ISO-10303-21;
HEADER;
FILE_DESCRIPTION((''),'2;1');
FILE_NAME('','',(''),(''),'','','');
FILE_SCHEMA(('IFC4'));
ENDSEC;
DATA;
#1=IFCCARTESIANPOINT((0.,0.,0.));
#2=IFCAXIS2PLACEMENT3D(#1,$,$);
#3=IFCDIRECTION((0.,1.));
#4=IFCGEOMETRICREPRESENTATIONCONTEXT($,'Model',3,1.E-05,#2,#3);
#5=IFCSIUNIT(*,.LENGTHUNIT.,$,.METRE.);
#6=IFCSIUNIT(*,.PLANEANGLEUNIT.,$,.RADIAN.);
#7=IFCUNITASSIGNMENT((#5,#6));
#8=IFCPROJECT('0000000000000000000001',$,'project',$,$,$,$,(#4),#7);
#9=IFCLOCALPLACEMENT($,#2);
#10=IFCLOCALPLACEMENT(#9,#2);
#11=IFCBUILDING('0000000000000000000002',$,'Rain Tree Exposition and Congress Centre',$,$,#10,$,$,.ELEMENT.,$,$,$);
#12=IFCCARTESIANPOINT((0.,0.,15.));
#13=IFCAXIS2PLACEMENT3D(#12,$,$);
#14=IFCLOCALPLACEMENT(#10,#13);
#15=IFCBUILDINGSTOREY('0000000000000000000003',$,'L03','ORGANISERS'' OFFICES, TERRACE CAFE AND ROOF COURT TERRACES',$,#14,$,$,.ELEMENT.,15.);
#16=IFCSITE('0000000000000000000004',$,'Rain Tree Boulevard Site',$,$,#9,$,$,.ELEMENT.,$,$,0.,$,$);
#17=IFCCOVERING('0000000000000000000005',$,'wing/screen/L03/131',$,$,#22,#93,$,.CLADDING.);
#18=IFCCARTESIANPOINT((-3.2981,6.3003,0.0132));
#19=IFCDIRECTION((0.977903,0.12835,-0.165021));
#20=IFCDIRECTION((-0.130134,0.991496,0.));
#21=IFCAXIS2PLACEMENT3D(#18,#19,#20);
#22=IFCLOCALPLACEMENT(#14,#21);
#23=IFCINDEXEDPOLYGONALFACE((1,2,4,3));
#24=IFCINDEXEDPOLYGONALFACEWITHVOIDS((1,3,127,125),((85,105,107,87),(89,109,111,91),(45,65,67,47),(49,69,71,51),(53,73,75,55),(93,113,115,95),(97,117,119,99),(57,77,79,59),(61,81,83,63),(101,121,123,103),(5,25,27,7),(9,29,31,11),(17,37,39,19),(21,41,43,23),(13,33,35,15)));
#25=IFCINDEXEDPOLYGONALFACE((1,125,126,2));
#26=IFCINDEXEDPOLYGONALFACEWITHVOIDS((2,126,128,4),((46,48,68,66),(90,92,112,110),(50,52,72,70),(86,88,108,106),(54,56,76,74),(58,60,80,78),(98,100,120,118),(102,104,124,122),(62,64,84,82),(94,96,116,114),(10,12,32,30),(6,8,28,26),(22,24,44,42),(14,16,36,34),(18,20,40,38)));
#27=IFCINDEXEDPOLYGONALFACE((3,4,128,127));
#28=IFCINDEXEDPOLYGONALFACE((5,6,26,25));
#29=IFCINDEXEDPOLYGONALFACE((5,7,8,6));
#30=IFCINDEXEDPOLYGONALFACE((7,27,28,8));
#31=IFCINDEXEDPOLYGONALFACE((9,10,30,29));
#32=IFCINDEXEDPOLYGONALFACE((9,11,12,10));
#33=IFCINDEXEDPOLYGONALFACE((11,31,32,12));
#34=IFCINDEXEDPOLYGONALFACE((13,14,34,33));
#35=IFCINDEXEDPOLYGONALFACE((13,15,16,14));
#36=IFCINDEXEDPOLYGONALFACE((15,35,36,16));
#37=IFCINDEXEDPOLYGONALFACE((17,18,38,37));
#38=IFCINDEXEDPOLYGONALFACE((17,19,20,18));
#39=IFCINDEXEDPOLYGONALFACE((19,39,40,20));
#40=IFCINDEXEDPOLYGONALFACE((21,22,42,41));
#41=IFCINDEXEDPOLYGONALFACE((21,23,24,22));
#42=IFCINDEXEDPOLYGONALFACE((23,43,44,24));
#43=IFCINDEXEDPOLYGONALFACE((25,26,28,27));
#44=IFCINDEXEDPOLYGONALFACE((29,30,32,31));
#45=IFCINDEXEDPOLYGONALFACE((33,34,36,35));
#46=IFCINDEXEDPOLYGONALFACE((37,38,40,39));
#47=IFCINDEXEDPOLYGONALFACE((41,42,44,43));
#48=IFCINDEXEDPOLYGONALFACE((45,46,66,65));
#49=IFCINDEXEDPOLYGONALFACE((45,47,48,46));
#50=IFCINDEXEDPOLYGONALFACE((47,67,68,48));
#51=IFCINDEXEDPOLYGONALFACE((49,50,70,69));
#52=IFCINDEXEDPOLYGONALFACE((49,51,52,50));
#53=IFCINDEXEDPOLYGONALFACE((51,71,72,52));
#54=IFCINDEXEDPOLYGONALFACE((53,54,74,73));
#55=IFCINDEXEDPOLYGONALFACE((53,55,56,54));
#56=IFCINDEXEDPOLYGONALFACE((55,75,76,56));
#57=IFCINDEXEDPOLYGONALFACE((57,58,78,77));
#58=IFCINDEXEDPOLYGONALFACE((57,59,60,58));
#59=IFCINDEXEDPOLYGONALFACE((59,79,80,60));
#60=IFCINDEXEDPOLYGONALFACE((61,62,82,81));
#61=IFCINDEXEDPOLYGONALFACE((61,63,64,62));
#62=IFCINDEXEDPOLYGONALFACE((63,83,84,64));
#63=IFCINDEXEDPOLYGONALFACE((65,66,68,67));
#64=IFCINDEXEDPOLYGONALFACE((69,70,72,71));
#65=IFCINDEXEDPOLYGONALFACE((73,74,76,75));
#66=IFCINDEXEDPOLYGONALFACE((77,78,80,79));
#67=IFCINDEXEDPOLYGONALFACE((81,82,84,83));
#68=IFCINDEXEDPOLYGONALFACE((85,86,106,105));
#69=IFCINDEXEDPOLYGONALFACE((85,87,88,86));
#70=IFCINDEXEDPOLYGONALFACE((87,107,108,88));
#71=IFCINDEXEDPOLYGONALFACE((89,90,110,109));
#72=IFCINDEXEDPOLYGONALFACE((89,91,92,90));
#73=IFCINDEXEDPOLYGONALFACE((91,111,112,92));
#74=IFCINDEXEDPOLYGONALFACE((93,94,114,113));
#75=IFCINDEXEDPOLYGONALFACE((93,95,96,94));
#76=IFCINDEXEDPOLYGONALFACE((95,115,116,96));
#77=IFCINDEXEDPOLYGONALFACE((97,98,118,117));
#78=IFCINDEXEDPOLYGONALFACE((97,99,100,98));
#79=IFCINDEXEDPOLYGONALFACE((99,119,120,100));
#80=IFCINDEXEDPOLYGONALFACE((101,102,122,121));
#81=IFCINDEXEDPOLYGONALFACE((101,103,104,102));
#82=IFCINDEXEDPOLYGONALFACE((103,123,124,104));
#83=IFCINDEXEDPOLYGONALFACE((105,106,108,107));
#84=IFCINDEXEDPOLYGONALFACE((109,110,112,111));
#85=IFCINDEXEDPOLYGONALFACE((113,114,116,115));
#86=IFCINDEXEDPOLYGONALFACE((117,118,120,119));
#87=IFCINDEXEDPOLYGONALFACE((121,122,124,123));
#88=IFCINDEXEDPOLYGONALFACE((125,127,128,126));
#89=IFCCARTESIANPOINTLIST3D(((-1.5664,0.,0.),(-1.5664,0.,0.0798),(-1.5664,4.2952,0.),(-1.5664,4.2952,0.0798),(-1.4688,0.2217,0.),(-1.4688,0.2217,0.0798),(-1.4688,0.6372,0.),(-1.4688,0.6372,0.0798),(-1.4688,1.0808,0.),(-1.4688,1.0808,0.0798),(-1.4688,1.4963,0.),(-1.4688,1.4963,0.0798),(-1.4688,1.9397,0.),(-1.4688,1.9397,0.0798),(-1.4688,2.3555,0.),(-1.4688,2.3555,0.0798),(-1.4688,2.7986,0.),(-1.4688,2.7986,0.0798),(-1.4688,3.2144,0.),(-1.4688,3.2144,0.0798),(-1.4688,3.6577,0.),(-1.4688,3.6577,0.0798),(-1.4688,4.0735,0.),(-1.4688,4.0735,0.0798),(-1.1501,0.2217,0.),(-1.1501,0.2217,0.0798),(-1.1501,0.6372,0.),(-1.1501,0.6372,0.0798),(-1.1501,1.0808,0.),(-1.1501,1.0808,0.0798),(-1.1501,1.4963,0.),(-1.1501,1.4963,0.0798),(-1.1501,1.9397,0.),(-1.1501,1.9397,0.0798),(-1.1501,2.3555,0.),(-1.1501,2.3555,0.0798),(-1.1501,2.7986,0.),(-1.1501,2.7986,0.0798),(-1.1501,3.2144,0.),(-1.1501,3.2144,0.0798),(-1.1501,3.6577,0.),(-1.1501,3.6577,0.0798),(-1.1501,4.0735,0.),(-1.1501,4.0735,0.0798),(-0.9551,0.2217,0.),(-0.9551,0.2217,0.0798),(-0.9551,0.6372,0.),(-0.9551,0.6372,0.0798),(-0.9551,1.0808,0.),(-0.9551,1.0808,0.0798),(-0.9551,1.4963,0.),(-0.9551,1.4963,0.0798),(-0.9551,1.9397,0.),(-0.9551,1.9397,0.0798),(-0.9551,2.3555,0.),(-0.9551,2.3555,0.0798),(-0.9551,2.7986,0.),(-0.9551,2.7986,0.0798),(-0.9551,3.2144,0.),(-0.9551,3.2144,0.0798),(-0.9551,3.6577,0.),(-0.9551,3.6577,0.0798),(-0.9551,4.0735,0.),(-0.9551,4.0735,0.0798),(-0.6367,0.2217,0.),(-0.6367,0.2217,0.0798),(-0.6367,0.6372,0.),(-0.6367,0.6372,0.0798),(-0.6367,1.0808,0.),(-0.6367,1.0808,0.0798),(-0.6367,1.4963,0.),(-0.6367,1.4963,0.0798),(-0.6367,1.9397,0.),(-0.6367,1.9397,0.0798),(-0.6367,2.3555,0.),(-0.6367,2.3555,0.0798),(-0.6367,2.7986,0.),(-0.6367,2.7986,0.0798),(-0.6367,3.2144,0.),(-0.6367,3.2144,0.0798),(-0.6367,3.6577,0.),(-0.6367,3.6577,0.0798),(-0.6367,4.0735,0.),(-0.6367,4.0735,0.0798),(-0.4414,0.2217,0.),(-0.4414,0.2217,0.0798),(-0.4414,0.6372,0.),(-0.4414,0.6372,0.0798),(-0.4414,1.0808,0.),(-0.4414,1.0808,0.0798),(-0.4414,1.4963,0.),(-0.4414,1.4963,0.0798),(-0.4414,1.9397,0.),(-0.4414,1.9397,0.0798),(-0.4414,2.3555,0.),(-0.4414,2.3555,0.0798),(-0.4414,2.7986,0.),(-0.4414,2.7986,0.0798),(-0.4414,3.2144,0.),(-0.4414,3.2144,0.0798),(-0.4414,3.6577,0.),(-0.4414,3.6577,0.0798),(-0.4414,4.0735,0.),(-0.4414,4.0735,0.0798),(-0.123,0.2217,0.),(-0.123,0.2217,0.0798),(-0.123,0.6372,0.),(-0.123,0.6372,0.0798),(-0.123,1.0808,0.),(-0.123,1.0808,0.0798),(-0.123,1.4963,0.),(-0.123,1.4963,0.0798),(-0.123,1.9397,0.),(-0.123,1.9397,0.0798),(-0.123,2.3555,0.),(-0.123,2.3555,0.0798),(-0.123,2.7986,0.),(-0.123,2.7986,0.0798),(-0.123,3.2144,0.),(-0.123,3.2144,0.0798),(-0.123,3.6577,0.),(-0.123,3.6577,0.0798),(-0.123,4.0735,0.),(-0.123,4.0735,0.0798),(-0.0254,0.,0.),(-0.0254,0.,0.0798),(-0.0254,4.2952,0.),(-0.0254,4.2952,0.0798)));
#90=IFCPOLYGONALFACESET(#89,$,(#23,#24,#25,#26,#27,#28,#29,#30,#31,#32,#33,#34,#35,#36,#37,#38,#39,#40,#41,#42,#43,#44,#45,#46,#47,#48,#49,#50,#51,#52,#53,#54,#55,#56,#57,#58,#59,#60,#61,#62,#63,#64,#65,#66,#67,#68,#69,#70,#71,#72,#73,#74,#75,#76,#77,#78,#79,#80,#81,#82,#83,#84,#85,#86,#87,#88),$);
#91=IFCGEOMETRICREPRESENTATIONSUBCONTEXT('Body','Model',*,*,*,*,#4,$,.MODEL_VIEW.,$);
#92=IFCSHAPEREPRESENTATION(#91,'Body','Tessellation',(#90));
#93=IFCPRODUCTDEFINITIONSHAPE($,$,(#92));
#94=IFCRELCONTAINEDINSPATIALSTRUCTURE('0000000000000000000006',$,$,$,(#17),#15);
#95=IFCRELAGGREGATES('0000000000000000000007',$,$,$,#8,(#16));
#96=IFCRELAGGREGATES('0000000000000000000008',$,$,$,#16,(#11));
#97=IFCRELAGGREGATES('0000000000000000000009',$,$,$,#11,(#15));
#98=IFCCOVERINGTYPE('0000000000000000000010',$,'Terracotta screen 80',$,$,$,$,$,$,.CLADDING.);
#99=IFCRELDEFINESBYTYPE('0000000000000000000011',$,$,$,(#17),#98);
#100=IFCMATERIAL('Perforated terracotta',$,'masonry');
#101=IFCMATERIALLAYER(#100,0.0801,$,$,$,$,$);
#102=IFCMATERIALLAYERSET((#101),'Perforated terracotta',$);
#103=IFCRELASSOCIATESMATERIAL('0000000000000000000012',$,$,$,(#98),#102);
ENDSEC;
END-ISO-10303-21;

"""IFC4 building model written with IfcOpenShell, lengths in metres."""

from ifc_helpers import new_model, si_unit, direction, frame, origin, place, context, subcontext, project, spatial, polyline, outline, extrude, material, layer, layer_set, type_object, element, save


model = new_model("IFC4")

# Units and contexts
model_context = context("Model", 3, precision=1e-05, world=origin(), true_north=direction((0.0, 1.0)))
body_context = subcontext(model_context, "Body", "Model", "MODEL_VIEW")
ifc_project = project(units=[si_unit("LENGTHUNIT", "METRE"), si_unit("PLANEANGLEUNIT", "RADIAN")], contexts=[model_context])

# Site, building, storey
site_placement = place(None, origin())
site = spatial("IfcSite", under=ifc_project, at=site_placement, Name="Rain Tree Boulevard Site", CompositionType="ELEMENT", RefElevation=0.0)
building_placement = place(site_placement, origin())
building = spatial("IfcBuilding", under=site, at=building_placement, Name="Rain Tree Exposition and Congress Centre", CompositionType="ELEMENT")
storey_placement = place(building_placement, frame((0.0, 0.0, 15.0)))
storey = spatial("IfcBuildingStorey", under=building, at=storey_placement, Name="L03", Description="ORGANISERS' OFFICES, TERRACE CAFE AND ROOF COURT TERRACES", CompositionType="ELEMENT", Elevation=15.0)

# Covering
ifc_material_1 = material(Name="Perforated terracotta", Category="masonry")
ifc_layer_1 = layer(ifc_material_1, 0.0801)
ifc_layer_set_1 = layer_set([ifc_layer_1], Name="Perforated terracotta")
covering_type = type_object("IfcCoveringType", Name="Terracotta screen 80", PredefinedType="CLADDING", material=ifc_layer_set_1)
covering_1_placement = place(storey_placement, frame((-3.2981, 6.3003, 0.0132), z_axis=(0.977903, 0.12835, -0.165021), x_axis=(-0.130134, 0.991496, 0.0)))
element("IfcCovering", 1, at=covering_1_placement, inside=storey, type_object=covering_type, Name="wing/screen/L03/131", PredefinedType="CLADDING", context=body_context, shape_type="SweptSolid", body=[
    extrude(outline(polyline([(-1.5664, 0.0), (-1.5664, 4.2952), (-0.0254, 4.2952), (-0.0254, 0.0), (-1.5664, 0.0)]), holes=[polyline([(-0.123, 0.2217), (-0.123, 0.6372), (-0.4414, 0.6372), (-0.4414, 0.2217), (-0.123, 0.2217)]), polyline([(-0.123, 1.0808), (-0.123, 1.4963), (-0.4414, 1.4963), (-0.4414, 1.0808), (-0.123, 1.0808)]), polyline([(-0.123, 1.9397), (-0.123, 2.3555), (-0.4414, 2.3555), (-0.4414, 1.9397), (-0.123, 1.9397)]), polyline([(-0.123, 2.7986), (-0.123, 3.2144), (-0.4414, 3.2144), (-0.4414, 2.7986), (-0.123, 2.7986)]), polyline([(-0.123, 3.6577), (-0.123, 4.0735), (-0.4414, 4.0735), (-0.4414, 3.6577), (-0.123, 3.6577)]), polyline([(-0.6367, 0.2217), (-0.6367, 0.6372), (-0.9551, 0.6372), (-0.9551, 0.2217), (-0.6367, 0.2217)]), polyline([(-0.6367, 1.0808), (-0.6367, 1.4963), (-0.9551, 1.4963), (-0.9551, 1.0808), (-0.6367, 1.0808)]), polyline([(-0.6367, 1.9397), (-0.6367, 2.3555), (-0.9551, 2.3555), (-0.9551, 1.9397), (-0.6367, 1.9397)]), polyline([(-0.6367, 2.7986), (-0.6367, 3.2144), (-0.9551, 3.2144), (-0.9551, 2.7986), (-0.6367, 2.7986)]), polyline([(-0.6367, 3.6577), (-0.6367, 4.0735), (-0.9551, 4.0735), (-0.9551, 3.6577), (-0.6367, 3.6577)]), polyline([(-1.1501, 0.2217), (-1.1501, 0.6372), (-1.4688, 0.6372), (-1.4688, 0.2217), (-1.1501, 0.2217)]), polyline([(-1.1501, 1.0808), (-1.1501, 1.4963), (-1.4688, 1.4963), (-1.4688, 1.0808), (-1.1501, 1.0808)]), polyline([(-1.1501, 1.9397), (-1.1501, 2.3555), (-1.4688, 2.3555), (-1.4688, 1.9397), (-1.1501, 1.9397)]), polyline([(-1.1501, 2.7986), (-1.1501, 3.2144), (-1.4688, 3.2144), (-1.4688, 2.7986), (-1.1501, 2.7986)]), polyline([(-1.1501, 3.6577), (-1.1501, 4.0735), (-1.4688, 4.0735), (-1.4688, 3.6577), (-1.1501, 3.6577)])]), origin(), (0.0, 0.0, 1.0), 0.0798),
])

save(model, "model.ifc")
